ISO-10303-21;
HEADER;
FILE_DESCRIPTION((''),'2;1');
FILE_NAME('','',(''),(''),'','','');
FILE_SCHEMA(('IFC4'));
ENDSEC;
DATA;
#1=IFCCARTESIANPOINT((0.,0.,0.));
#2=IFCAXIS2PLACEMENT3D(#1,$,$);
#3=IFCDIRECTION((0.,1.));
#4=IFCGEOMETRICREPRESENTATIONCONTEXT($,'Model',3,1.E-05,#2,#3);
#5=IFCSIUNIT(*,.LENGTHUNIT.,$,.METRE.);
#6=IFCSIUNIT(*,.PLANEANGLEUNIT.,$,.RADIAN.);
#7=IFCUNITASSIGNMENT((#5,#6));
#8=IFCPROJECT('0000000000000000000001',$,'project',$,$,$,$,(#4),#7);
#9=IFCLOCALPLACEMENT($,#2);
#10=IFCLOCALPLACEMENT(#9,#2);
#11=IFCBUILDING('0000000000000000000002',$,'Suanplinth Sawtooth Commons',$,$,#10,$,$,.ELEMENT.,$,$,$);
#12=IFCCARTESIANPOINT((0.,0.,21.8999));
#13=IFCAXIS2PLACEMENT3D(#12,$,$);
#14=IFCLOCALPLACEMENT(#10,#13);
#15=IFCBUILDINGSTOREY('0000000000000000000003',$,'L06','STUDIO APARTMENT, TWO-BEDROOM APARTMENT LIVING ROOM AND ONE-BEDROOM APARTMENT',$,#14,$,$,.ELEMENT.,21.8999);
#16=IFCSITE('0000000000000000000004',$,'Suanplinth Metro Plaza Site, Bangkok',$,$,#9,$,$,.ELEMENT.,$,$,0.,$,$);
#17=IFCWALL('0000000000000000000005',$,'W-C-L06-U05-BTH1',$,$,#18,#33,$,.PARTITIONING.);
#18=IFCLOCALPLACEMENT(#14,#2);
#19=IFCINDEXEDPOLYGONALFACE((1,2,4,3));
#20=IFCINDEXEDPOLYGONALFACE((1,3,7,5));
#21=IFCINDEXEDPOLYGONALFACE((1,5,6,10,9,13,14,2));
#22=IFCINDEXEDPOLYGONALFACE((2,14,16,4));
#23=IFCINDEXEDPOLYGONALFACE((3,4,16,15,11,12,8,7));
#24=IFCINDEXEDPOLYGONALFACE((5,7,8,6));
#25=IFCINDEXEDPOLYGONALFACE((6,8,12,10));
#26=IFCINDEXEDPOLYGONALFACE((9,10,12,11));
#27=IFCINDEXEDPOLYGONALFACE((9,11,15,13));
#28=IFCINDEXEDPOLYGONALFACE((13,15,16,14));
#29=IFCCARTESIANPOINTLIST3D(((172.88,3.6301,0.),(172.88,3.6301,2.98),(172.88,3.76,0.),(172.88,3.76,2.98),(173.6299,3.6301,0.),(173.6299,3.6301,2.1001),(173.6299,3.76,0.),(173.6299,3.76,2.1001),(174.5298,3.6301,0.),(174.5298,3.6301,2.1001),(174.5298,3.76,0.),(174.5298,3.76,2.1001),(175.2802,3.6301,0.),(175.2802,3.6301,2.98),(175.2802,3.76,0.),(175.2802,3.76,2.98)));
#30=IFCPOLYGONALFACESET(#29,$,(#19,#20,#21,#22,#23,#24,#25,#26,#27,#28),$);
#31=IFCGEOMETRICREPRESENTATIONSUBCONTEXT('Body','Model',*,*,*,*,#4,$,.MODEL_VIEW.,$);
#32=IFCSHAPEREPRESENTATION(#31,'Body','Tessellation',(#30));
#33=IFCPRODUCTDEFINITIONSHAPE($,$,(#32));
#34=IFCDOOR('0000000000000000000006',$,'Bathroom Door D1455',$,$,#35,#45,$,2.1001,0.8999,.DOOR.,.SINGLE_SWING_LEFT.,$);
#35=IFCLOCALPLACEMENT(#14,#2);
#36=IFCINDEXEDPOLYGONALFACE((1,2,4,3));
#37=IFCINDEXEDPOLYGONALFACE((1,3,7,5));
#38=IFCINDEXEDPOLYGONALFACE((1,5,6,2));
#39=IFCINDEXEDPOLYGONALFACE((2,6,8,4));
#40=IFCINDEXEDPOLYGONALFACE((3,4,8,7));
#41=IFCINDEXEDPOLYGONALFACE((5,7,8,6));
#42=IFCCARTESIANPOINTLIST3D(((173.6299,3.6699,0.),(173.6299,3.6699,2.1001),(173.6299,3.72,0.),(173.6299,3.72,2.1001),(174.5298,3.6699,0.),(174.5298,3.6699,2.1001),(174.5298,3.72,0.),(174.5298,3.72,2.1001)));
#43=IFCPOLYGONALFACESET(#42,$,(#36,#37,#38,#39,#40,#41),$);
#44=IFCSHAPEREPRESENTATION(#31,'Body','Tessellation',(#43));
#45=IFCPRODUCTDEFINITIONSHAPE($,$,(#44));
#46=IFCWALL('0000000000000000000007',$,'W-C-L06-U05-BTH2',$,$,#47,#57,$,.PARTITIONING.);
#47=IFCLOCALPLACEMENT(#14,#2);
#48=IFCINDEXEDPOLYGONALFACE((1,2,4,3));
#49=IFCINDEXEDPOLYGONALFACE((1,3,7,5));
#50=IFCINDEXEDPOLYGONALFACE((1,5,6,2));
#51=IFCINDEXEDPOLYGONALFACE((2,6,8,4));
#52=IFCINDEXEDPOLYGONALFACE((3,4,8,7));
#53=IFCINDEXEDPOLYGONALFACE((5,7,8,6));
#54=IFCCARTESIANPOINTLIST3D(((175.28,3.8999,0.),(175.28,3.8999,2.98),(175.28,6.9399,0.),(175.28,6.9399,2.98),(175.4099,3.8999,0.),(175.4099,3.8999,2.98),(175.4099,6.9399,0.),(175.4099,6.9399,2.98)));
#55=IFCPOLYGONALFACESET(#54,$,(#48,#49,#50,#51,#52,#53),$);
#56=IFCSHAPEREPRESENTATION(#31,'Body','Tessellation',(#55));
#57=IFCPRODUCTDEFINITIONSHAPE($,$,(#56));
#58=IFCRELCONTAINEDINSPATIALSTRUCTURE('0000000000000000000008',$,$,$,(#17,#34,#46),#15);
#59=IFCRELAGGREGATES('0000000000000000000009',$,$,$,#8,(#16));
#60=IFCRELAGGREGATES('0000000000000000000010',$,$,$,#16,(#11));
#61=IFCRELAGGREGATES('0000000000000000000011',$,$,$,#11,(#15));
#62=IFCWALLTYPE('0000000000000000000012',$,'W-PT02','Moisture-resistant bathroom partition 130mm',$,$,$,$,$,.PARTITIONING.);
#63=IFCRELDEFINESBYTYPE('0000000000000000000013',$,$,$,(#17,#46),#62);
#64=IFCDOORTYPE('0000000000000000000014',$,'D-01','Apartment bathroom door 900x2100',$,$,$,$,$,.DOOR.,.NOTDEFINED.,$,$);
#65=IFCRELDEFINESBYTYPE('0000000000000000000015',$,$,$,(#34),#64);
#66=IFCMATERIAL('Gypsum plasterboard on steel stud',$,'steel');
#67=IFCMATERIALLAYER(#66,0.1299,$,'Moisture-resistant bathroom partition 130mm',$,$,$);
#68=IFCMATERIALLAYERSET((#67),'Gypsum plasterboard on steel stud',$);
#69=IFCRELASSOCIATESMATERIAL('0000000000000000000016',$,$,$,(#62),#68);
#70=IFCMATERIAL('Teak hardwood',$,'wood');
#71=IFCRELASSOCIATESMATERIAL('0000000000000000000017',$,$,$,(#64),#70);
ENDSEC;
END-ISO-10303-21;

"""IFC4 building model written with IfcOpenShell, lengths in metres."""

from ifc_helpers import new_model, si_unit, direction, frame, frame_2d, origin, place, context, subcontext, project, spatial, rectangle, extrude, material, layer, layer_set, type_object, element, fill, save


model = new_model("IFC4")

# Units and contexts
model_context = context("Model", 3, precision=1e-05, world=origin(), true_north=direction((0.0, 1.0)))
body_context = subcontext(model_context, "Body", "Model", "MODEL_VIEW")
ifc_project = project(units=[si_unit("LENGTHUNIT", "METRE"), si_unit("PLANEANGLEUNIT", "RADIAN")], contexts=[model_context])

# Site, building, storey
site_placement = place(None, origin())
site = spatial("IfcSite", under=ifc_project, at=site_placement, Name="Suanplinth Metro Plaza Site, Bangkok", CompositionType="ELEMENT", RefElevation=0.0)
building_placement = place(site_placement, origin())
building = spatial("IfcBuilding", under=site, at=building_placement, Name="Suanplinth Sawtooth Commons", CompositionType="ELEMENT")
storey_placement = place(building_placement, frame((0.0, 0.0, 21.8999)))
storey = spatial("IfcBuildingStorey", under=building, at=storey_placement, Name="L06", Description="STUDIO APARTMENT, TWO-BEDROOM APARTMENT LIVING ROOM AND ONE-BEDROOM APARTMENT", CompositionType="ELEMENT", Elevation=21.8999)

# Wall, opening, door
ifc_material_1 = material(Name="Gypsum plasterboard on steel stud", Category="steel")
ifc_material_2 = material(Name="Teak hardwood", Category="wood")
ifc_layer_1 = layer(ifc_material_1, 0.1299, Name="Moisture-resistant bathroom partition 130mm")
ifc_layer_set_1 = layer_set([ifc_layer_1], Name="Gypsum plasterboard on steel stud")
wall_type_1 = type_object("IfcWallType", Name="W-PT02", Description="Moisture-resistant bathroom partition 130mm", PredefinedType="PARTITIONING", material=ifc_layer_set_1)
wall_1_placement = place(storey_placement, frame((172.8799, 3.6951, 0.0), z_axis=(0.0, 0.0, 1.0), x_axis=(1.0, 0.0, 0.0)))
wall_1 = element("IfcWall", 1, at=wall_1_placement, inside=storey, type_object=wall_type_1, Name="W-C-L06-U05-BTH1", PredefinedType="PARTITIONING", context=body_context, shape_type="SweptSolid", body=[
    extrude(rectangle(XDim=2.4001, YDim=0.1299, at=frame_2d((1.2002, 0.0))), origin(), (0.0, 0.0, 1.0), 2.98),
])
opening_1_placement = place(wall_1_placement, frame((0.75, 0.0, 0.0)))
opening_1 = element("IfcOpeningElement", 2, at=opening_1_placement, cuts=wall_1, PredefinedType="OPENING", context=body_context, shape_type="SweptSolid", body=[
    extrude(rectangle(XDim=0.8999, YDim=2.1001, at=frame_2d((0.45, 1.05))), frame((0.0, 0.0798, 0.0), z_axis=(0.0, -1.0, 0.0), x_axis=(1.0, 0.0, 0.0)), (0.0, 0.0, 1.0), 0.1597),
])
door_type_1 = type_object("IfcDoorType", Name="D-01", Description="Apartment bathroom door 900x2100", OperationType="NOTDEFINED", PredefinedType="DOOR", material=ifc_material_2)
door_1_placement = place(opening_1_placement, origin())
door_1 = element("IfcDoor", 3, at=door_1_placement, inside=storey, type_object=door_type_1, Name="Bathroom Door D1455", OperationType="SINGLE_SWING_LEFT", OverallHeight=2.1001, OverallWidth=0.8999, PredefinedType="DOOR", context=body_context, shape_type="SweptSolid", body=[
    extrude(rectangle(XDim=0.8999, YDim=2.1001, at=frame_2d((0.45, 1.05))), frame((0.0, 0.0249, 0.0), z_axis=(0.0, -1.0, 0.0), x_axis=(1.0, 0.0, 0.0)), (0.0, 0.0, 1.0), 0.05),
])
fill(opening_1, door_1)

# Wall
wall_2_placement = place(storey_placement, frame((175.345, 3.8999, 0.0), z_axis=(0.0, 0.0, 1.0), x_axis=(0.0, 1.0, 0.0)))
element("IfcWall", 4, at=wall_2_placement, inside=storey, type_object=wall_type_1, Name="W-C-L06-U05-BTH2", PredefinedType="PARTITIONING", context=body_context, shape_type="SweptSolid", body=[
    extrude(rectangle(XDim=3.04, YDim=0.1299, at=frame_2d((1.52, 0.0))), origin(), (0.0, 0.0, 1.0), 2.98),
])

save(model, "model.ifc")
